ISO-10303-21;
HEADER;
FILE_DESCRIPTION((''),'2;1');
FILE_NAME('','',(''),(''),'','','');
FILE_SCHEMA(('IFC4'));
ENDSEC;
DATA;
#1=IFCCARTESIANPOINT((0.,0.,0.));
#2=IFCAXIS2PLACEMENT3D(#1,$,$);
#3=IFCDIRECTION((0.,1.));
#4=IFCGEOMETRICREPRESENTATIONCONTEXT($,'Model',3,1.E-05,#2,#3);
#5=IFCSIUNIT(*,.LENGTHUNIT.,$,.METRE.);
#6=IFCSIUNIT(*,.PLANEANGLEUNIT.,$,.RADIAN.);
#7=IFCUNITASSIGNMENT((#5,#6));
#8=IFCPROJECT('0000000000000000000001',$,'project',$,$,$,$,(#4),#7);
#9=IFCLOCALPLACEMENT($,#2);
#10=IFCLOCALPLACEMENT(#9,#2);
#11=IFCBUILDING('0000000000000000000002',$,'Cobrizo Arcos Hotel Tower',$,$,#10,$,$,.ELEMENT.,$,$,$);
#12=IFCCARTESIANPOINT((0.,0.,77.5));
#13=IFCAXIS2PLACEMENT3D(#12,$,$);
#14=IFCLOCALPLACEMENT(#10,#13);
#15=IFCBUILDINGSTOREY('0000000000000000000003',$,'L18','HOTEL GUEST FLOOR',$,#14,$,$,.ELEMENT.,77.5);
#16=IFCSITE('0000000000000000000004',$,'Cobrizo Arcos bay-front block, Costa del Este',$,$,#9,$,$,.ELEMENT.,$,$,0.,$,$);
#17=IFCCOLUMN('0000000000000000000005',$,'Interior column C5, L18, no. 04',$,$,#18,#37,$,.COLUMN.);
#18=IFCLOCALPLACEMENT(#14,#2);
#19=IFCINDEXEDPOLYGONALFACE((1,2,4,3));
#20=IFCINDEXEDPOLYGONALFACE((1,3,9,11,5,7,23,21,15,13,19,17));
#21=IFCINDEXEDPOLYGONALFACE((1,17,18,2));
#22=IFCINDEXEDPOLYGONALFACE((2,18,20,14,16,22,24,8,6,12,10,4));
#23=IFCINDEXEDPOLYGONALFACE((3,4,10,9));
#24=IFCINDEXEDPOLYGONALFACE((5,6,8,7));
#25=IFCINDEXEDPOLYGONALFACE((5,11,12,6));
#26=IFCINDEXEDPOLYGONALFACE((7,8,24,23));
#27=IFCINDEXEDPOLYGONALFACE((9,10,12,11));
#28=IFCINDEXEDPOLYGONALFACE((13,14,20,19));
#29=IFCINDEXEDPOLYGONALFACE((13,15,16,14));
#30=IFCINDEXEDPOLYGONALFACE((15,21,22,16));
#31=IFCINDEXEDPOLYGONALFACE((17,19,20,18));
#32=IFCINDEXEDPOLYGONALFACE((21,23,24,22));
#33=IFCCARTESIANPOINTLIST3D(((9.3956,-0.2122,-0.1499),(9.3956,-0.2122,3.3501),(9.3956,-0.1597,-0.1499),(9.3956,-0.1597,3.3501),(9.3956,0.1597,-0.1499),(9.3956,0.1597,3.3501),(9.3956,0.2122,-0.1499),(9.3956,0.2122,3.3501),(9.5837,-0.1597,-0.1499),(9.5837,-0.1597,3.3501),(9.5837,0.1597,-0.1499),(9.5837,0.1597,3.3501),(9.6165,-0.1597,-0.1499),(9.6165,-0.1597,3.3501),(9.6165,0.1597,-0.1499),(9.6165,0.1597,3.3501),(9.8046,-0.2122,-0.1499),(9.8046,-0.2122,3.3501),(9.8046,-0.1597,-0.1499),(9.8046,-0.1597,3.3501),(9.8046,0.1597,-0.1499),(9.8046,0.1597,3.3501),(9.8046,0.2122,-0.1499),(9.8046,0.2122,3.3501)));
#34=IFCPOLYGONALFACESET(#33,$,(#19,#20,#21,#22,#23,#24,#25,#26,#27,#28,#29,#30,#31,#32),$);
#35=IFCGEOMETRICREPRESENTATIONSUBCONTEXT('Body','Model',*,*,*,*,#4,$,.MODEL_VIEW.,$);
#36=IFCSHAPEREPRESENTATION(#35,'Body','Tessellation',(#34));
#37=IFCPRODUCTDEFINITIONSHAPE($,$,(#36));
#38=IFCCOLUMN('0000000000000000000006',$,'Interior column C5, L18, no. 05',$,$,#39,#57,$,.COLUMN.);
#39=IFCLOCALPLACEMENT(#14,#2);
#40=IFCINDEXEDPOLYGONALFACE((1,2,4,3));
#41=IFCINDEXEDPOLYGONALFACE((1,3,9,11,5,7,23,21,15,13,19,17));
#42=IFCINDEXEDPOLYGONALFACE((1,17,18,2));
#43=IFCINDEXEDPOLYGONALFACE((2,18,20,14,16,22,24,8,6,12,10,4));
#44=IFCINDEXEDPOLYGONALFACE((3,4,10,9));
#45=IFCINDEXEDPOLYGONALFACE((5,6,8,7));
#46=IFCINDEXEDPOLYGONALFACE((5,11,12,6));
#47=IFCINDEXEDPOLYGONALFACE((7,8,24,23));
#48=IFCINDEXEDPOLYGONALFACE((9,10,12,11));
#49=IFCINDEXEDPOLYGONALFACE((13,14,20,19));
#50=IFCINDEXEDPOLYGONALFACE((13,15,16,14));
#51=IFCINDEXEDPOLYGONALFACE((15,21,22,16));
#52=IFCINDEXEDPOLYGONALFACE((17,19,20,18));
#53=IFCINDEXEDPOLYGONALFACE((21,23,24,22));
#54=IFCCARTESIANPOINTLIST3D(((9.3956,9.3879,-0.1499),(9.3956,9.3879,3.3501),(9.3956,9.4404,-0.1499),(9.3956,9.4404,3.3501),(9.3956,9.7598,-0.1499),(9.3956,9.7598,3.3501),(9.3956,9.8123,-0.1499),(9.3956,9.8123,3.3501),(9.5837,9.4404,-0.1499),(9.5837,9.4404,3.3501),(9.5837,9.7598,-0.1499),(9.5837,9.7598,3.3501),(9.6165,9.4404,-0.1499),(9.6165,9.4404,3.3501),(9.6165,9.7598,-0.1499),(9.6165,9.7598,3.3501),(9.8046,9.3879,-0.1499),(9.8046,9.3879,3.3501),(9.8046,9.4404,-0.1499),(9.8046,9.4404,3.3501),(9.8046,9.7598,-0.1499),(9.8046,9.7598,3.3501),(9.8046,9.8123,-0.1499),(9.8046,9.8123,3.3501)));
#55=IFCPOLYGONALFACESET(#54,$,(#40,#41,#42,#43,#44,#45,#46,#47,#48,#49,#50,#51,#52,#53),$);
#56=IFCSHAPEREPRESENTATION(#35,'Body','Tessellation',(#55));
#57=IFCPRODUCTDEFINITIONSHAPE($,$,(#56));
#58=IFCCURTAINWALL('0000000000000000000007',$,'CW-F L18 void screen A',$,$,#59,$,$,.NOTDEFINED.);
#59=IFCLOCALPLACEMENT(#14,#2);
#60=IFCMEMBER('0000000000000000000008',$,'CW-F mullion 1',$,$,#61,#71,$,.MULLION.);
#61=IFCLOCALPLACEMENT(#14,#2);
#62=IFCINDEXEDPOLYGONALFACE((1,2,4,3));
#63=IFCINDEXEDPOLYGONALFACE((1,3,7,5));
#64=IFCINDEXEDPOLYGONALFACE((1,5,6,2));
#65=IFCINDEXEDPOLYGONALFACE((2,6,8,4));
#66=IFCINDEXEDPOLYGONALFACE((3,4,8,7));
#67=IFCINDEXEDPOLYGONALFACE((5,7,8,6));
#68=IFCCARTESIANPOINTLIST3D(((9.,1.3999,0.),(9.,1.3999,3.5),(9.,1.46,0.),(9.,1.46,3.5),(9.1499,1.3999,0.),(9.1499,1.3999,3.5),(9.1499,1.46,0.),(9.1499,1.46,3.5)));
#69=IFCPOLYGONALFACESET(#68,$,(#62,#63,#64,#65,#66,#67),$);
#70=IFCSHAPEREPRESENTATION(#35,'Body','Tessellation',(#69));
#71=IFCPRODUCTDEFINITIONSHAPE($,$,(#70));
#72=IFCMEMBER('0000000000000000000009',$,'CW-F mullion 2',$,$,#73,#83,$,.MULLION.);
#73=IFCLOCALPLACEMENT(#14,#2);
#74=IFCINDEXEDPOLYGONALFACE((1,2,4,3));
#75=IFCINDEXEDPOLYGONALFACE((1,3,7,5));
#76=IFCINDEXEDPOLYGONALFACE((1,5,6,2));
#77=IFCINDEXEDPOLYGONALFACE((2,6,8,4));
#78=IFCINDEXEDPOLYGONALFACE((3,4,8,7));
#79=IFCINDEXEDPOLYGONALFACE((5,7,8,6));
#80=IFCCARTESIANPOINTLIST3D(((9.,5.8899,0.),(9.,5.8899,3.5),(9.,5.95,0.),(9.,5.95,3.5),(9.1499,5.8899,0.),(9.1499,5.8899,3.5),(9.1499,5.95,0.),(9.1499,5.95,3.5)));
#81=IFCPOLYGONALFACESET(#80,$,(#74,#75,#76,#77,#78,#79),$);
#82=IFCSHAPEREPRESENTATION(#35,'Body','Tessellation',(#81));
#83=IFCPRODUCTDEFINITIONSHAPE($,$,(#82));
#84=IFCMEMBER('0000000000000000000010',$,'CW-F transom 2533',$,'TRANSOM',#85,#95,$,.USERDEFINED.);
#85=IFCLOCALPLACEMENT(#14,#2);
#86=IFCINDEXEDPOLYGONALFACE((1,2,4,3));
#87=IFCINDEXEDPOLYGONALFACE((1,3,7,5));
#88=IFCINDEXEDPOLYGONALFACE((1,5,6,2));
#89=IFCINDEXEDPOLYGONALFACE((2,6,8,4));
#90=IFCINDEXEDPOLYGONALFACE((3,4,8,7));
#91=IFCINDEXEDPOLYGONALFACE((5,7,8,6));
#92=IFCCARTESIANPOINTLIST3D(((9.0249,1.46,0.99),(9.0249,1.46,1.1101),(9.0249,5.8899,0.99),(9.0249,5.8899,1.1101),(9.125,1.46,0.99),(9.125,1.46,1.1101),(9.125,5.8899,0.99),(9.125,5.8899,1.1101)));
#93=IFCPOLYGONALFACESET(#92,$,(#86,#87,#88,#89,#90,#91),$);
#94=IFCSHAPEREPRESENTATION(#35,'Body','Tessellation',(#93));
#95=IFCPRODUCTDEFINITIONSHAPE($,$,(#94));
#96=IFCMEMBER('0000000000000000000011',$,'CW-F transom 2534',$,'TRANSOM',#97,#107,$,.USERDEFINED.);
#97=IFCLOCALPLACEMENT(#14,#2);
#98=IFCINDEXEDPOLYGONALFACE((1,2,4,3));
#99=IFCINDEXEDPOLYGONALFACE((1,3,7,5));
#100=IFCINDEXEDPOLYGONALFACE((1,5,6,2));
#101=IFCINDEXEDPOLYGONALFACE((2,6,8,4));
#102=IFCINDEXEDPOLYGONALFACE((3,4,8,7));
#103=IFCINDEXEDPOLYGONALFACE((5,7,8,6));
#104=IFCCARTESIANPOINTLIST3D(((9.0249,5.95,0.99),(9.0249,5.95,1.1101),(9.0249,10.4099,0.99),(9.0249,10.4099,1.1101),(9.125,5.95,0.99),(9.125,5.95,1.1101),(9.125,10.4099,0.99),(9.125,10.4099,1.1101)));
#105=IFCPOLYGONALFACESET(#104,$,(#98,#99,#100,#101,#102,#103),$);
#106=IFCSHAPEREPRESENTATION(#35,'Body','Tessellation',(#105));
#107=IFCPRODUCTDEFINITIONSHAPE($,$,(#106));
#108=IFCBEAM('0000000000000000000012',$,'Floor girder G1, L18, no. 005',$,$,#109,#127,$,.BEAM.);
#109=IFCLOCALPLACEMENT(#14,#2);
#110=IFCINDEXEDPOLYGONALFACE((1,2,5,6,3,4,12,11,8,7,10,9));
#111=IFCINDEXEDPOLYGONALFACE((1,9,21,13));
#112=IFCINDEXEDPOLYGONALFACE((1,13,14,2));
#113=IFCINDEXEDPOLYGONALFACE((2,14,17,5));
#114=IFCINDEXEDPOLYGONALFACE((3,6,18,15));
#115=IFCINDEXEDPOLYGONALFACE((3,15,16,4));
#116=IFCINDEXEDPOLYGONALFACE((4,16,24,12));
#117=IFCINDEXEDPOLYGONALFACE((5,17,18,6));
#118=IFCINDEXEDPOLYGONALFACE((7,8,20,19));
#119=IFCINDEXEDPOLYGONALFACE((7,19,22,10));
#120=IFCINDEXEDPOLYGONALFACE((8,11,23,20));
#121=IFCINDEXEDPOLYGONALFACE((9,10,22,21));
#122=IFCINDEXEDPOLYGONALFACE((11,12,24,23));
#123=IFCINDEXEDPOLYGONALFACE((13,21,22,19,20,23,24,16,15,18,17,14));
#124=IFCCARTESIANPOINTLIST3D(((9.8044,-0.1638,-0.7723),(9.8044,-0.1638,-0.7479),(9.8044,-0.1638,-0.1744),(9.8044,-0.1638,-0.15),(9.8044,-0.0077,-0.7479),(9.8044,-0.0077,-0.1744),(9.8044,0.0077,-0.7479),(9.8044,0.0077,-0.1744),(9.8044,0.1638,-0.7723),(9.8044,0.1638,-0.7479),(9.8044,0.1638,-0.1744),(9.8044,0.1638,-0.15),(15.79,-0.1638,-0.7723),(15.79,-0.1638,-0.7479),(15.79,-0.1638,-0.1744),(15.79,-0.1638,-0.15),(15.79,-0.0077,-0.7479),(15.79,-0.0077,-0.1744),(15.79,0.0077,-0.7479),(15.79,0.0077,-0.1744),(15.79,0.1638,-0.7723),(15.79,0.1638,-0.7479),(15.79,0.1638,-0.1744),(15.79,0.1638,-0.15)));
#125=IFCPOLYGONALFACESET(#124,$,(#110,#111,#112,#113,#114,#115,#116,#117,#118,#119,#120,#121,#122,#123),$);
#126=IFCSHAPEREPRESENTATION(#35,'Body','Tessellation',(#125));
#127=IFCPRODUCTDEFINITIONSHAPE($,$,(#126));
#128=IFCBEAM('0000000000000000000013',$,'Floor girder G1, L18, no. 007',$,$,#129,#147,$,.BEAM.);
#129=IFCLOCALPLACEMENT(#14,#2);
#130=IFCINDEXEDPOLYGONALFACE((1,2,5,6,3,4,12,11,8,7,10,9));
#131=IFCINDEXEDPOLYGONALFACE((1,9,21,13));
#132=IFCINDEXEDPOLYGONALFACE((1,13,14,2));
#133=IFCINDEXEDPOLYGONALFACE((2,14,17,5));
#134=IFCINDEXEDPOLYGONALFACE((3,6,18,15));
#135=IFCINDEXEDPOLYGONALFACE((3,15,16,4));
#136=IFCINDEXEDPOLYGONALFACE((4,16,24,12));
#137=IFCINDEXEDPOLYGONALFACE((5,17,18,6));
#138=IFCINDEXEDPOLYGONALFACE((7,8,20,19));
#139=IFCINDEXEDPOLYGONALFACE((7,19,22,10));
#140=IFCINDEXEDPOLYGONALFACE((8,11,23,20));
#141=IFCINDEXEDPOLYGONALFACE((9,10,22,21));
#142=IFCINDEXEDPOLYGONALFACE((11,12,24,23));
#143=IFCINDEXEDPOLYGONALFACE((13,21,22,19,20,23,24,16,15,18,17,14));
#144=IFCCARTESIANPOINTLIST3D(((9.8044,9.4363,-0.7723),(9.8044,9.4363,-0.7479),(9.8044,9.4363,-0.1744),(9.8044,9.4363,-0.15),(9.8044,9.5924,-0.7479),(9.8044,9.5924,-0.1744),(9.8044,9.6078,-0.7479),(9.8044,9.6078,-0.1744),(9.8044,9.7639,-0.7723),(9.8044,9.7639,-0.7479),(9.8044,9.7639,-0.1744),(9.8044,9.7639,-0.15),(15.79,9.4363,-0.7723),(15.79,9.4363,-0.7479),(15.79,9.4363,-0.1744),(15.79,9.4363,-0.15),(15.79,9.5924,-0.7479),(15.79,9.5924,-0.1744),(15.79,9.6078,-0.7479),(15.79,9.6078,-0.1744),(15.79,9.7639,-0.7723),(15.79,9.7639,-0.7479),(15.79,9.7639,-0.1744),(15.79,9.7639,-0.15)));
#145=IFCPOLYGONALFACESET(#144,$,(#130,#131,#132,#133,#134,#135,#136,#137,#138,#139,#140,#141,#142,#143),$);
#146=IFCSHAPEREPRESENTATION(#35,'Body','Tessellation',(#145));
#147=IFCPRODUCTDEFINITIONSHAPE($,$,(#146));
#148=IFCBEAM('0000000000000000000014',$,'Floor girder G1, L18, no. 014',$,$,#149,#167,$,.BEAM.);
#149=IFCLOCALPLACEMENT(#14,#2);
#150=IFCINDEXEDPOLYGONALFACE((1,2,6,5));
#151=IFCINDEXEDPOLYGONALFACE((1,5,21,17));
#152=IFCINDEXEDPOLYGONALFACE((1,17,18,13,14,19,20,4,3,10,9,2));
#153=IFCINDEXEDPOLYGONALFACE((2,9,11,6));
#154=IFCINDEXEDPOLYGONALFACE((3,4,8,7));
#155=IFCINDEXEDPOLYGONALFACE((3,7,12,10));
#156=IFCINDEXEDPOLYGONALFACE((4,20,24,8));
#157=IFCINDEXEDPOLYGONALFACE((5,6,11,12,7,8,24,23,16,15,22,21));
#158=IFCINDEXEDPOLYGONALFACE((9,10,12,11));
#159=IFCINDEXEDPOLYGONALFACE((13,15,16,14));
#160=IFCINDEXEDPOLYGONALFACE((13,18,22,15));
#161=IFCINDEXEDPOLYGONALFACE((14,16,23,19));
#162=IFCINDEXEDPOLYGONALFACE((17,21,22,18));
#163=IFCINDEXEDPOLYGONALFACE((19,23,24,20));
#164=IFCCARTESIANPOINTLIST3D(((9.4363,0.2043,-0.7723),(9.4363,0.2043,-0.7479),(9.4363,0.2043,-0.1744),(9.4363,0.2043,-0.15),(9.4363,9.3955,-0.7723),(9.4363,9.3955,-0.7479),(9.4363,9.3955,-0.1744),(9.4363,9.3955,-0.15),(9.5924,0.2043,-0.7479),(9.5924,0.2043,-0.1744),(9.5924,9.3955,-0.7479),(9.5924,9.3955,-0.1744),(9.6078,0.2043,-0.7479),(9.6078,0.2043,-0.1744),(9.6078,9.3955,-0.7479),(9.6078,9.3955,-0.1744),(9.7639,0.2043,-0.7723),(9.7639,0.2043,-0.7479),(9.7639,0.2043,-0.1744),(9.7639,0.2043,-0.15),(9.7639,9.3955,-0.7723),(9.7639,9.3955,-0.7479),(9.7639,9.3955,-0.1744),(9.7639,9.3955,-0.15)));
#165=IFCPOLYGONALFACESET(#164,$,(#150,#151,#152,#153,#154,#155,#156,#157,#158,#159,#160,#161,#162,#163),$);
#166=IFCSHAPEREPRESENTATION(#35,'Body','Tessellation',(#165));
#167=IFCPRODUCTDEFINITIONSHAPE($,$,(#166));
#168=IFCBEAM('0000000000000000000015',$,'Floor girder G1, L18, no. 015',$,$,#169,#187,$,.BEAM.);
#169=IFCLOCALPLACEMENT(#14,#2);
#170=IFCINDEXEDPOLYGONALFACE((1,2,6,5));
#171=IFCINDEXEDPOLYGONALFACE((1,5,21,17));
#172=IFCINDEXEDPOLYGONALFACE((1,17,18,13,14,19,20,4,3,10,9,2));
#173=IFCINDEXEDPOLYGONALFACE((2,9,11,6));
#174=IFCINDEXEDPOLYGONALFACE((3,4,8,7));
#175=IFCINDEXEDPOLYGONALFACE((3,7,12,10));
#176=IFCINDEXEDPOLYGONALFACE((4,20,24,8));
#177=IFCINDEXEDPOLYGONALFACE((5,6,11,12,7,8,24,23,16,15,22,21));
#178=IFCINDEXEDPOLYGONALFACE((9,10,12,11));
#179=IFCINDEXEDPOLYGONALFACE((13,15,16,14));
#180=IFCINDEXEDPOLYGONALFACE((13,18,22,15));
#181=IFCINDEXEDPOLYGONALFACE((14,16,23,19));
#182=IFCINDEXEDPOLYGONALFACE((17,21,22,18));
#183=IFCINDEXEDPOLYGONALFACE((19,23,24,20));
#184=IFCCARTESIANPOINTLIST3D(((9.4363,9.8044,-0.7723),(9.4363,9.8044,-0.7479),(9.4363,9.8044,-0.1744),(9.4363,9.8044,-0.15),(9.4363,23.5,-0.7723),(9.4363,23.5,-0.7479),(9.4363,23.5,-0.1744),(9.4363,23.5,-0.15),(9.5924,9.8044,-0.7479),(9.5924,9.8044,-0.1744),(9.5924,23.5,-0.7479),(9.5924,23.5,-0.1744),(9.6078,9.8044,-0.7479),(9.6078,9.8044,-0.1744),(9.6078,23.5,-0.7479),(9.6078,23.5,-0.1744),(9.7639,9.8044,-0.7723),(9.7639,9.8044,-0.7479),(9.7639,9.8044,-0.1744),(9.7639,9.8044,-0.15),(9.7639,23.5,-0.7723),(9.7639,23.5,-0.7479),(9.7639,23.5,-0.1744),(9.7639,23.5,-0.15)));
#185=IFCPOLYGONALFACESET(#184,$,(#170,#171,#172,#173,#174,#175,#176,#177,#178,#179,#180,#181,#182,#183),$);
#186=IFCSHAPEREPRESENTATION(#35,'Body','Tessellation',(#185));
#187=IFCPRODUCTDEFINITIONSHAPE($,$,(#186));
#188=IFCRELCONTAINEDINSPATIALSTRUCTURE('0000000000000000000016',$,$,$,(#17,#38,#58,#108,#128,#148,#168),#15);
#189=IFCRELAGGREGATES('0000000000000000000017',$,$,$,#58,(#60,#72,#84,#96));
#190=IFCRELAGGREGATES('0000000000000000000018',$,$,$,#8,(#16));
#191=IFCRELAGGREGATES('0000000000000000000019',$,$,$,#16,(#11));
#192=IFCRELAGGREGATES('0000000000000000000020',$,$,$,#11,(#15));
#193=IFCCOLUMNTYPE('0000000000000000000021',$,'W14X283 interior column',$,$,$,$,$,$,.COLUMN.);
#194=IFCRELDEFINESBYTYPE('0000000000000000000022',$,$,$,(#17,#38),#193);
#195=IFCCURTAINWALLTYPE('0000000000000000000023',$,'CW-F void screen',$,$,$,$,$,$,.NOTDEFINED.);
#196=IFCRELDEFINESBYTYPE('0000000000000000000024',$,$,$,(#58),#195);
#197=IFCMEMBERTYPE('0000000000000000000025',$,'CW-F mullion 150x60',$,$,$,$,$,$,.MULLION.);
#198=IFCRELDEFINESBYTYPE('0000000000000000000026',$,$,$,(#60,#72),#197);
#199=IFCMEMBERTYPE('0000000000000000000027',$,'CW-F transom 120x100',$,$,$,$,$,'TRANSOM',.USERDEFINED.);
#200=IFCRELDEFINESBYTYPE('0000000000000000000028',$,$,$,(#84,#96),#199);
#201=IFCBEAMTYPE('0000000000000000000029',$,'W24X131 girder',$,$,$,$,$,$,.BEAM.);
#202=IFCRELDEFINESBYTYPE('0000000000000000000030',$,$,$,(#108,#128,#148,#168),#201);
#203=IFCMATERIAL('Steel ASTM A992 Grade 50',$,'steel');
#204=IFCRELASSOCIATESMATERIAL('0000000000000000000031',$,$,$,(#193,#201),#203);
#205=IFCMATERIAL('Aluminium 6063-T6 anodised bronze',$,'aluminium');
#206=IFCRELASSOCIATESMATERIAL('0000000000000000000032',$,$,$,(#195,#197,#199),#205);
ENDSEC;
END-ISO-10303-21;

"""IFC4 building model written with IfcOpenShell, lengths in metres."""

from ifc_helpers import new_model, si_unit, direction, frame, origin, origin_2d, place, context, subcontext, project, spatial, rectangle, i_section, extrude, material, material_profile, profile_set, type_object, element, aggregate, save


model = new_model("IFC4")

# Units and contexts
model_context = context("Model", 3, precision=1e-05, world=origin(), true_north=direction((0.0, 1.0)))
body_context = subcontext(model_context, "Body", "Model", "MODEL_VIEW")
ifc_project = project(units=[si_unit("LENGTHUNIT", "METRE"), si_unit("PLANEANGLEUNIT", "RADIAN")], contexts=[model_context])

# Site, building, storey
site_placement = place(None, origin())
site = spatial("IfcSite", under=ifc_project, at=site_placement, Name="Cobrizo Arcos bay-front block, Costa del Este", CompositionType="ELEMENT", RefElevation=0.0)
building_placement = place(site_placement, origin())
building = spatial("IfcBuilding", under=site, at=building_placement, Name="Cobrizo Arcos Hotel Tower", CompositionType="ELEMENT")
storey_placement = place(building_placement, frame((0.0, 0.0, 77.5)))
storey = spatial("IfcBuildingStorey", under=building, at=storey_placement, Name="L18", Description="HOTEL GUEST FLOOR", CompositionType="ELEMENT", Elevation=77.5)

# Columns
ifc_material_1 = material(Name="Steel ASTM A992 Grade 50", Category="steel")
ifc_material_profile_1 = material_profile(ifc_material_1, i_section(OverallWidth=0.4089, OverallDepth=0.4243, WebThickness=0.0327, FlangeThickness=0.0525, at=origin_2d()), Name="W14X283")
ifc_profile_set_1 = profile_set([ifc_material_profile_1], Name="Steel ASTM A992 Grade 50")
column_type = type_object("IfcColumnType", Name="W14X283 interior column", PredefinedType="COLUMN", material=ifc_profile_set_1)
for number, where, z_axis, x_axis, name in (
    (1, (9.6001, 0.0, -0.1499), (0.0, 0.0, 1.0), (1.0, 0.0, 0.0), "Interior column C5, L18, no. 04"),
    (2, (9.6001, 9.6001, -0.1499), (0.0, 0.0, 1.0), (1.0, 0.0, 0.0), "Interior column C5, L18, no. 05"),
):
    element("IfcColumn", number, at=place(storey_placement, frame(where, z_axis=z_axis, x_axis=x_axis)), inside=storey, type_object=column_type, Name=name, PredefinedType="COLUMN", context=body_context, shape_type="SweptSolid", body=[
        extrude(i_section(OverallWidth=0.4089, OverallDepth=0.4243, WebThickness=0.0327, FlangeThickness=0.0525, at=origin_2d()), origin(), (0.0, 0.0, 1.0), 3.5),
    ])

# Curtain wall, members
ifc_material_2 = material(Name="Aluminium 6063-T6 anodised bronze", Category="aluminium")
curtain_wall_type = type_object("IfcCurtainWallType", Name="CW-F void screen", PredefinedType="NOTDEFINED", material=ifc_material_2)
curtain_wall_placement = place(storey_placement, origin())
curtain_wall = element("IfcCurtainWall", 3, at=curtain_wall_placement, inside=storey, type_object=curtain_wall_type, Name="CW-F L18 void screen A", PredefinedType="NOTDEFINED")
ifc_material_profile_2 = material_profile(ifc_material_2, rectangle(XDim=0.1499, YDim=0.0601, at=origin_2d()), Name="CW-F mullion 150x60")
ifc_profile_set_2 = profile_set([ifc_material_profile_2], Name="Aluminium 6063-T6 anodised bronze")
member_type_1 = type_object("IfcMemberType", Name="CW-F mullion 150x60", PredefinedType="MULLION", material=ifc_profile_set_2)
member_1_placement = place(storey_placement, frame((9.075, 1.4299, 0.0), z_axis=(0.0, 0.0, 1.0), x_axis=(1.0, 0.0, 0.0)))
member_1 = element("IfcMember", 4, at=member_1_placement, type_object=member_type_1, Name="CW-F mullion 1", PredefinedType="MULLION", context=body_context, shape_type="SweptSolid", body=[
    extrude(rectangle(XDim=0.1499, YDim=0.0601, at=origin_2d()), origin(), (0.0, 0.0, 1.0), 3.5),
])
member_2_placement = place(storey_placement, frame((9.075, 5.9199, 0.0), z_axis=(0.0, 0.0, 1.0), x_axis=(1.0, 0.0, 0.0)))
member_2 = element("IfcMember", 5, at=member_2_placement, type_object=member_type_1, Name="CW-F mullion 2", PredefinedType="MULLION", context=body_context, shape_type="SweptSolid", body=[
    extrude(rectangle(XDim=0.1499, YDim=0.0601, at=origin_2d()), origin(), (0.0, 0.0, 1.0), 3.5),
])
ifc_material_profile_3 = material_profile(ifc_material_2, rectangle(XDim=0.1001, YDim=0.1201, at=origin_2d()), Name="CW-F transom 120x100")
ifc_profile_set_3 = profile_set([ifc_material_profile_3], Name="Aluminium 6063-T6 anodised bronze")
member_type_2 = type_object("IfcMemberType", Name="CW-F transom 120x100", ElementType="TRANSOM", PredefinedType="USERDEFINED", material=ifc_profile_set_3)
member_3_placement = place(storey_placement, frame((9.075, 1.46, 1.05), z_axis=(0.0, 1.0, 0.0), x_axis=(-1.0, 0.0, 0.0)))
member_3 = element("IfcMember", 6, at=member_3_placement, type_object=member_type_2, Name="CW-F transom 2533", ObjectType="TRANSOM", PredefinedType="USERDEFINED", context=body_context, shape_type="SweptSolid", body=[
    extrude(rectangle(XDim=0.1001, YDim=0.1201, at=origin_2d()), origin(), (0.0, 0.0, 1.0), 4.4299),
])
member_4_placement = place(storey_placement, frame((9.075, 5.95, 1.05), z_axis=(0.0, 1.0, 0.0), x_axis=(-1.0, 0.0, 0.0)))
member_4 = element("IfcMember", 7, at=member_4_placement, type_object=member_type_2, Name="CW-F transom 2534", ObjectType="TRANSOM", PredefinedType="USERDEFINED", context=body_context, shape_type="SweptSolid", body=[
    extrude(rectangle(XDim=0.1001, YDim=0.1201, at=origin_2d()), origin(), (0.0, 0.0, 1.0), 4.46),
])

# Beams
ifc_material_profile_4 = material_profile(ifc_material_1, i_section(OverallWidth=0.3276, OverallDepth=0.6223, WebThickness=0.0154, FlangeThickness=0.0244, at=origin_2d()), Name="W24X131")
ifc_profile_set_4 = profile_set([ifc_material_profile_4], Name="Steel ASTM A992 Grade 50")
beam_type_1 = type_object("IfcBeamType", Name="W24X131 girder", PredefinedType="BEAM", material=ifc_profile_set_4)
for number, where, z_axis, x_axis, name in (
    (8, (9.8044, 0.0, -0.4612), (1.0, 0.0, 0.0), (0.0, 1.0, 0.0), "Floor girder G1, L18, no. 005"),
    (9, (9.8044, 9.6001, -0.4612), (1.0, 0.0, 0.0), (0.0, 1.0, 0.0), "Floor girder G1, L18, no. 007"),
):
    element("IfcBeam", number, at=place(storey_placement, frame(where, z_axis=z_axis, x_axis=x_axis)), inside=storey, type_object=beam_type_1, Name=name, PredefinedType="BEAM", context=body_context, shape_type="SweptSolid", body=[
        extrude(i_section(OverallWidth=0.3276, OverallDepth=0.6223, WebThickness=0.0154, FlangeThickness=0.0244, at=origin_2d()), origin(), (0.0, 0.0, 1.0), 5.9856),
    ])
beam_1_placement = place(storey_placement, frame((9.6001, 0.2043, -0.4612), z_axis=(0.0, 1.0, 0.0), x_axis=(-1.0, 0.0, 0.0)))
element("IfcBeam", 10, at=beam_1_placement, inside=storey, type_object=beam_type_1, Name="Floor girder G1, L18, no. 014", PredefinedType="BEAM", context=body_context, shape_type="SweptSolid", body=[
    extrude(i_section(OverallWidth=0.3276, OverallDepth=0.6223, WebThickness=0.0154, FlangeThickness=0.0244, at=origin_2d()), origin(), (0.0, 0.0, 1.0), 9.1912),
])
beam_2_placement = place(storey_placement, frame((9.6001, 9.8044, -0.4612), z_axis=(0.0, 1.0, 0.0), x_axis=(-1.0, 0.0, 0.0)))
element("IfcBeam", 11, at=beam_2_placement, inside=storey, type_object=beam_type_1, Name="Floor girder G1, L18, no. 015", PredefinedType="BEAM", context=body_context, shape_type="SweptSolid", body=[
    extrude(i_section(OverallWidth=0.3276, OverallDepth=0.6223, WebThickness=0.0154, FlangeThickness=0.0244, at=origin_2d()), origin(), (0.0, 0.0, 1.0), 13.6956),
])

aggregate(curtain_wall, [member_1, member_2, member_3, member_4])

save(model, "model.ifc")
